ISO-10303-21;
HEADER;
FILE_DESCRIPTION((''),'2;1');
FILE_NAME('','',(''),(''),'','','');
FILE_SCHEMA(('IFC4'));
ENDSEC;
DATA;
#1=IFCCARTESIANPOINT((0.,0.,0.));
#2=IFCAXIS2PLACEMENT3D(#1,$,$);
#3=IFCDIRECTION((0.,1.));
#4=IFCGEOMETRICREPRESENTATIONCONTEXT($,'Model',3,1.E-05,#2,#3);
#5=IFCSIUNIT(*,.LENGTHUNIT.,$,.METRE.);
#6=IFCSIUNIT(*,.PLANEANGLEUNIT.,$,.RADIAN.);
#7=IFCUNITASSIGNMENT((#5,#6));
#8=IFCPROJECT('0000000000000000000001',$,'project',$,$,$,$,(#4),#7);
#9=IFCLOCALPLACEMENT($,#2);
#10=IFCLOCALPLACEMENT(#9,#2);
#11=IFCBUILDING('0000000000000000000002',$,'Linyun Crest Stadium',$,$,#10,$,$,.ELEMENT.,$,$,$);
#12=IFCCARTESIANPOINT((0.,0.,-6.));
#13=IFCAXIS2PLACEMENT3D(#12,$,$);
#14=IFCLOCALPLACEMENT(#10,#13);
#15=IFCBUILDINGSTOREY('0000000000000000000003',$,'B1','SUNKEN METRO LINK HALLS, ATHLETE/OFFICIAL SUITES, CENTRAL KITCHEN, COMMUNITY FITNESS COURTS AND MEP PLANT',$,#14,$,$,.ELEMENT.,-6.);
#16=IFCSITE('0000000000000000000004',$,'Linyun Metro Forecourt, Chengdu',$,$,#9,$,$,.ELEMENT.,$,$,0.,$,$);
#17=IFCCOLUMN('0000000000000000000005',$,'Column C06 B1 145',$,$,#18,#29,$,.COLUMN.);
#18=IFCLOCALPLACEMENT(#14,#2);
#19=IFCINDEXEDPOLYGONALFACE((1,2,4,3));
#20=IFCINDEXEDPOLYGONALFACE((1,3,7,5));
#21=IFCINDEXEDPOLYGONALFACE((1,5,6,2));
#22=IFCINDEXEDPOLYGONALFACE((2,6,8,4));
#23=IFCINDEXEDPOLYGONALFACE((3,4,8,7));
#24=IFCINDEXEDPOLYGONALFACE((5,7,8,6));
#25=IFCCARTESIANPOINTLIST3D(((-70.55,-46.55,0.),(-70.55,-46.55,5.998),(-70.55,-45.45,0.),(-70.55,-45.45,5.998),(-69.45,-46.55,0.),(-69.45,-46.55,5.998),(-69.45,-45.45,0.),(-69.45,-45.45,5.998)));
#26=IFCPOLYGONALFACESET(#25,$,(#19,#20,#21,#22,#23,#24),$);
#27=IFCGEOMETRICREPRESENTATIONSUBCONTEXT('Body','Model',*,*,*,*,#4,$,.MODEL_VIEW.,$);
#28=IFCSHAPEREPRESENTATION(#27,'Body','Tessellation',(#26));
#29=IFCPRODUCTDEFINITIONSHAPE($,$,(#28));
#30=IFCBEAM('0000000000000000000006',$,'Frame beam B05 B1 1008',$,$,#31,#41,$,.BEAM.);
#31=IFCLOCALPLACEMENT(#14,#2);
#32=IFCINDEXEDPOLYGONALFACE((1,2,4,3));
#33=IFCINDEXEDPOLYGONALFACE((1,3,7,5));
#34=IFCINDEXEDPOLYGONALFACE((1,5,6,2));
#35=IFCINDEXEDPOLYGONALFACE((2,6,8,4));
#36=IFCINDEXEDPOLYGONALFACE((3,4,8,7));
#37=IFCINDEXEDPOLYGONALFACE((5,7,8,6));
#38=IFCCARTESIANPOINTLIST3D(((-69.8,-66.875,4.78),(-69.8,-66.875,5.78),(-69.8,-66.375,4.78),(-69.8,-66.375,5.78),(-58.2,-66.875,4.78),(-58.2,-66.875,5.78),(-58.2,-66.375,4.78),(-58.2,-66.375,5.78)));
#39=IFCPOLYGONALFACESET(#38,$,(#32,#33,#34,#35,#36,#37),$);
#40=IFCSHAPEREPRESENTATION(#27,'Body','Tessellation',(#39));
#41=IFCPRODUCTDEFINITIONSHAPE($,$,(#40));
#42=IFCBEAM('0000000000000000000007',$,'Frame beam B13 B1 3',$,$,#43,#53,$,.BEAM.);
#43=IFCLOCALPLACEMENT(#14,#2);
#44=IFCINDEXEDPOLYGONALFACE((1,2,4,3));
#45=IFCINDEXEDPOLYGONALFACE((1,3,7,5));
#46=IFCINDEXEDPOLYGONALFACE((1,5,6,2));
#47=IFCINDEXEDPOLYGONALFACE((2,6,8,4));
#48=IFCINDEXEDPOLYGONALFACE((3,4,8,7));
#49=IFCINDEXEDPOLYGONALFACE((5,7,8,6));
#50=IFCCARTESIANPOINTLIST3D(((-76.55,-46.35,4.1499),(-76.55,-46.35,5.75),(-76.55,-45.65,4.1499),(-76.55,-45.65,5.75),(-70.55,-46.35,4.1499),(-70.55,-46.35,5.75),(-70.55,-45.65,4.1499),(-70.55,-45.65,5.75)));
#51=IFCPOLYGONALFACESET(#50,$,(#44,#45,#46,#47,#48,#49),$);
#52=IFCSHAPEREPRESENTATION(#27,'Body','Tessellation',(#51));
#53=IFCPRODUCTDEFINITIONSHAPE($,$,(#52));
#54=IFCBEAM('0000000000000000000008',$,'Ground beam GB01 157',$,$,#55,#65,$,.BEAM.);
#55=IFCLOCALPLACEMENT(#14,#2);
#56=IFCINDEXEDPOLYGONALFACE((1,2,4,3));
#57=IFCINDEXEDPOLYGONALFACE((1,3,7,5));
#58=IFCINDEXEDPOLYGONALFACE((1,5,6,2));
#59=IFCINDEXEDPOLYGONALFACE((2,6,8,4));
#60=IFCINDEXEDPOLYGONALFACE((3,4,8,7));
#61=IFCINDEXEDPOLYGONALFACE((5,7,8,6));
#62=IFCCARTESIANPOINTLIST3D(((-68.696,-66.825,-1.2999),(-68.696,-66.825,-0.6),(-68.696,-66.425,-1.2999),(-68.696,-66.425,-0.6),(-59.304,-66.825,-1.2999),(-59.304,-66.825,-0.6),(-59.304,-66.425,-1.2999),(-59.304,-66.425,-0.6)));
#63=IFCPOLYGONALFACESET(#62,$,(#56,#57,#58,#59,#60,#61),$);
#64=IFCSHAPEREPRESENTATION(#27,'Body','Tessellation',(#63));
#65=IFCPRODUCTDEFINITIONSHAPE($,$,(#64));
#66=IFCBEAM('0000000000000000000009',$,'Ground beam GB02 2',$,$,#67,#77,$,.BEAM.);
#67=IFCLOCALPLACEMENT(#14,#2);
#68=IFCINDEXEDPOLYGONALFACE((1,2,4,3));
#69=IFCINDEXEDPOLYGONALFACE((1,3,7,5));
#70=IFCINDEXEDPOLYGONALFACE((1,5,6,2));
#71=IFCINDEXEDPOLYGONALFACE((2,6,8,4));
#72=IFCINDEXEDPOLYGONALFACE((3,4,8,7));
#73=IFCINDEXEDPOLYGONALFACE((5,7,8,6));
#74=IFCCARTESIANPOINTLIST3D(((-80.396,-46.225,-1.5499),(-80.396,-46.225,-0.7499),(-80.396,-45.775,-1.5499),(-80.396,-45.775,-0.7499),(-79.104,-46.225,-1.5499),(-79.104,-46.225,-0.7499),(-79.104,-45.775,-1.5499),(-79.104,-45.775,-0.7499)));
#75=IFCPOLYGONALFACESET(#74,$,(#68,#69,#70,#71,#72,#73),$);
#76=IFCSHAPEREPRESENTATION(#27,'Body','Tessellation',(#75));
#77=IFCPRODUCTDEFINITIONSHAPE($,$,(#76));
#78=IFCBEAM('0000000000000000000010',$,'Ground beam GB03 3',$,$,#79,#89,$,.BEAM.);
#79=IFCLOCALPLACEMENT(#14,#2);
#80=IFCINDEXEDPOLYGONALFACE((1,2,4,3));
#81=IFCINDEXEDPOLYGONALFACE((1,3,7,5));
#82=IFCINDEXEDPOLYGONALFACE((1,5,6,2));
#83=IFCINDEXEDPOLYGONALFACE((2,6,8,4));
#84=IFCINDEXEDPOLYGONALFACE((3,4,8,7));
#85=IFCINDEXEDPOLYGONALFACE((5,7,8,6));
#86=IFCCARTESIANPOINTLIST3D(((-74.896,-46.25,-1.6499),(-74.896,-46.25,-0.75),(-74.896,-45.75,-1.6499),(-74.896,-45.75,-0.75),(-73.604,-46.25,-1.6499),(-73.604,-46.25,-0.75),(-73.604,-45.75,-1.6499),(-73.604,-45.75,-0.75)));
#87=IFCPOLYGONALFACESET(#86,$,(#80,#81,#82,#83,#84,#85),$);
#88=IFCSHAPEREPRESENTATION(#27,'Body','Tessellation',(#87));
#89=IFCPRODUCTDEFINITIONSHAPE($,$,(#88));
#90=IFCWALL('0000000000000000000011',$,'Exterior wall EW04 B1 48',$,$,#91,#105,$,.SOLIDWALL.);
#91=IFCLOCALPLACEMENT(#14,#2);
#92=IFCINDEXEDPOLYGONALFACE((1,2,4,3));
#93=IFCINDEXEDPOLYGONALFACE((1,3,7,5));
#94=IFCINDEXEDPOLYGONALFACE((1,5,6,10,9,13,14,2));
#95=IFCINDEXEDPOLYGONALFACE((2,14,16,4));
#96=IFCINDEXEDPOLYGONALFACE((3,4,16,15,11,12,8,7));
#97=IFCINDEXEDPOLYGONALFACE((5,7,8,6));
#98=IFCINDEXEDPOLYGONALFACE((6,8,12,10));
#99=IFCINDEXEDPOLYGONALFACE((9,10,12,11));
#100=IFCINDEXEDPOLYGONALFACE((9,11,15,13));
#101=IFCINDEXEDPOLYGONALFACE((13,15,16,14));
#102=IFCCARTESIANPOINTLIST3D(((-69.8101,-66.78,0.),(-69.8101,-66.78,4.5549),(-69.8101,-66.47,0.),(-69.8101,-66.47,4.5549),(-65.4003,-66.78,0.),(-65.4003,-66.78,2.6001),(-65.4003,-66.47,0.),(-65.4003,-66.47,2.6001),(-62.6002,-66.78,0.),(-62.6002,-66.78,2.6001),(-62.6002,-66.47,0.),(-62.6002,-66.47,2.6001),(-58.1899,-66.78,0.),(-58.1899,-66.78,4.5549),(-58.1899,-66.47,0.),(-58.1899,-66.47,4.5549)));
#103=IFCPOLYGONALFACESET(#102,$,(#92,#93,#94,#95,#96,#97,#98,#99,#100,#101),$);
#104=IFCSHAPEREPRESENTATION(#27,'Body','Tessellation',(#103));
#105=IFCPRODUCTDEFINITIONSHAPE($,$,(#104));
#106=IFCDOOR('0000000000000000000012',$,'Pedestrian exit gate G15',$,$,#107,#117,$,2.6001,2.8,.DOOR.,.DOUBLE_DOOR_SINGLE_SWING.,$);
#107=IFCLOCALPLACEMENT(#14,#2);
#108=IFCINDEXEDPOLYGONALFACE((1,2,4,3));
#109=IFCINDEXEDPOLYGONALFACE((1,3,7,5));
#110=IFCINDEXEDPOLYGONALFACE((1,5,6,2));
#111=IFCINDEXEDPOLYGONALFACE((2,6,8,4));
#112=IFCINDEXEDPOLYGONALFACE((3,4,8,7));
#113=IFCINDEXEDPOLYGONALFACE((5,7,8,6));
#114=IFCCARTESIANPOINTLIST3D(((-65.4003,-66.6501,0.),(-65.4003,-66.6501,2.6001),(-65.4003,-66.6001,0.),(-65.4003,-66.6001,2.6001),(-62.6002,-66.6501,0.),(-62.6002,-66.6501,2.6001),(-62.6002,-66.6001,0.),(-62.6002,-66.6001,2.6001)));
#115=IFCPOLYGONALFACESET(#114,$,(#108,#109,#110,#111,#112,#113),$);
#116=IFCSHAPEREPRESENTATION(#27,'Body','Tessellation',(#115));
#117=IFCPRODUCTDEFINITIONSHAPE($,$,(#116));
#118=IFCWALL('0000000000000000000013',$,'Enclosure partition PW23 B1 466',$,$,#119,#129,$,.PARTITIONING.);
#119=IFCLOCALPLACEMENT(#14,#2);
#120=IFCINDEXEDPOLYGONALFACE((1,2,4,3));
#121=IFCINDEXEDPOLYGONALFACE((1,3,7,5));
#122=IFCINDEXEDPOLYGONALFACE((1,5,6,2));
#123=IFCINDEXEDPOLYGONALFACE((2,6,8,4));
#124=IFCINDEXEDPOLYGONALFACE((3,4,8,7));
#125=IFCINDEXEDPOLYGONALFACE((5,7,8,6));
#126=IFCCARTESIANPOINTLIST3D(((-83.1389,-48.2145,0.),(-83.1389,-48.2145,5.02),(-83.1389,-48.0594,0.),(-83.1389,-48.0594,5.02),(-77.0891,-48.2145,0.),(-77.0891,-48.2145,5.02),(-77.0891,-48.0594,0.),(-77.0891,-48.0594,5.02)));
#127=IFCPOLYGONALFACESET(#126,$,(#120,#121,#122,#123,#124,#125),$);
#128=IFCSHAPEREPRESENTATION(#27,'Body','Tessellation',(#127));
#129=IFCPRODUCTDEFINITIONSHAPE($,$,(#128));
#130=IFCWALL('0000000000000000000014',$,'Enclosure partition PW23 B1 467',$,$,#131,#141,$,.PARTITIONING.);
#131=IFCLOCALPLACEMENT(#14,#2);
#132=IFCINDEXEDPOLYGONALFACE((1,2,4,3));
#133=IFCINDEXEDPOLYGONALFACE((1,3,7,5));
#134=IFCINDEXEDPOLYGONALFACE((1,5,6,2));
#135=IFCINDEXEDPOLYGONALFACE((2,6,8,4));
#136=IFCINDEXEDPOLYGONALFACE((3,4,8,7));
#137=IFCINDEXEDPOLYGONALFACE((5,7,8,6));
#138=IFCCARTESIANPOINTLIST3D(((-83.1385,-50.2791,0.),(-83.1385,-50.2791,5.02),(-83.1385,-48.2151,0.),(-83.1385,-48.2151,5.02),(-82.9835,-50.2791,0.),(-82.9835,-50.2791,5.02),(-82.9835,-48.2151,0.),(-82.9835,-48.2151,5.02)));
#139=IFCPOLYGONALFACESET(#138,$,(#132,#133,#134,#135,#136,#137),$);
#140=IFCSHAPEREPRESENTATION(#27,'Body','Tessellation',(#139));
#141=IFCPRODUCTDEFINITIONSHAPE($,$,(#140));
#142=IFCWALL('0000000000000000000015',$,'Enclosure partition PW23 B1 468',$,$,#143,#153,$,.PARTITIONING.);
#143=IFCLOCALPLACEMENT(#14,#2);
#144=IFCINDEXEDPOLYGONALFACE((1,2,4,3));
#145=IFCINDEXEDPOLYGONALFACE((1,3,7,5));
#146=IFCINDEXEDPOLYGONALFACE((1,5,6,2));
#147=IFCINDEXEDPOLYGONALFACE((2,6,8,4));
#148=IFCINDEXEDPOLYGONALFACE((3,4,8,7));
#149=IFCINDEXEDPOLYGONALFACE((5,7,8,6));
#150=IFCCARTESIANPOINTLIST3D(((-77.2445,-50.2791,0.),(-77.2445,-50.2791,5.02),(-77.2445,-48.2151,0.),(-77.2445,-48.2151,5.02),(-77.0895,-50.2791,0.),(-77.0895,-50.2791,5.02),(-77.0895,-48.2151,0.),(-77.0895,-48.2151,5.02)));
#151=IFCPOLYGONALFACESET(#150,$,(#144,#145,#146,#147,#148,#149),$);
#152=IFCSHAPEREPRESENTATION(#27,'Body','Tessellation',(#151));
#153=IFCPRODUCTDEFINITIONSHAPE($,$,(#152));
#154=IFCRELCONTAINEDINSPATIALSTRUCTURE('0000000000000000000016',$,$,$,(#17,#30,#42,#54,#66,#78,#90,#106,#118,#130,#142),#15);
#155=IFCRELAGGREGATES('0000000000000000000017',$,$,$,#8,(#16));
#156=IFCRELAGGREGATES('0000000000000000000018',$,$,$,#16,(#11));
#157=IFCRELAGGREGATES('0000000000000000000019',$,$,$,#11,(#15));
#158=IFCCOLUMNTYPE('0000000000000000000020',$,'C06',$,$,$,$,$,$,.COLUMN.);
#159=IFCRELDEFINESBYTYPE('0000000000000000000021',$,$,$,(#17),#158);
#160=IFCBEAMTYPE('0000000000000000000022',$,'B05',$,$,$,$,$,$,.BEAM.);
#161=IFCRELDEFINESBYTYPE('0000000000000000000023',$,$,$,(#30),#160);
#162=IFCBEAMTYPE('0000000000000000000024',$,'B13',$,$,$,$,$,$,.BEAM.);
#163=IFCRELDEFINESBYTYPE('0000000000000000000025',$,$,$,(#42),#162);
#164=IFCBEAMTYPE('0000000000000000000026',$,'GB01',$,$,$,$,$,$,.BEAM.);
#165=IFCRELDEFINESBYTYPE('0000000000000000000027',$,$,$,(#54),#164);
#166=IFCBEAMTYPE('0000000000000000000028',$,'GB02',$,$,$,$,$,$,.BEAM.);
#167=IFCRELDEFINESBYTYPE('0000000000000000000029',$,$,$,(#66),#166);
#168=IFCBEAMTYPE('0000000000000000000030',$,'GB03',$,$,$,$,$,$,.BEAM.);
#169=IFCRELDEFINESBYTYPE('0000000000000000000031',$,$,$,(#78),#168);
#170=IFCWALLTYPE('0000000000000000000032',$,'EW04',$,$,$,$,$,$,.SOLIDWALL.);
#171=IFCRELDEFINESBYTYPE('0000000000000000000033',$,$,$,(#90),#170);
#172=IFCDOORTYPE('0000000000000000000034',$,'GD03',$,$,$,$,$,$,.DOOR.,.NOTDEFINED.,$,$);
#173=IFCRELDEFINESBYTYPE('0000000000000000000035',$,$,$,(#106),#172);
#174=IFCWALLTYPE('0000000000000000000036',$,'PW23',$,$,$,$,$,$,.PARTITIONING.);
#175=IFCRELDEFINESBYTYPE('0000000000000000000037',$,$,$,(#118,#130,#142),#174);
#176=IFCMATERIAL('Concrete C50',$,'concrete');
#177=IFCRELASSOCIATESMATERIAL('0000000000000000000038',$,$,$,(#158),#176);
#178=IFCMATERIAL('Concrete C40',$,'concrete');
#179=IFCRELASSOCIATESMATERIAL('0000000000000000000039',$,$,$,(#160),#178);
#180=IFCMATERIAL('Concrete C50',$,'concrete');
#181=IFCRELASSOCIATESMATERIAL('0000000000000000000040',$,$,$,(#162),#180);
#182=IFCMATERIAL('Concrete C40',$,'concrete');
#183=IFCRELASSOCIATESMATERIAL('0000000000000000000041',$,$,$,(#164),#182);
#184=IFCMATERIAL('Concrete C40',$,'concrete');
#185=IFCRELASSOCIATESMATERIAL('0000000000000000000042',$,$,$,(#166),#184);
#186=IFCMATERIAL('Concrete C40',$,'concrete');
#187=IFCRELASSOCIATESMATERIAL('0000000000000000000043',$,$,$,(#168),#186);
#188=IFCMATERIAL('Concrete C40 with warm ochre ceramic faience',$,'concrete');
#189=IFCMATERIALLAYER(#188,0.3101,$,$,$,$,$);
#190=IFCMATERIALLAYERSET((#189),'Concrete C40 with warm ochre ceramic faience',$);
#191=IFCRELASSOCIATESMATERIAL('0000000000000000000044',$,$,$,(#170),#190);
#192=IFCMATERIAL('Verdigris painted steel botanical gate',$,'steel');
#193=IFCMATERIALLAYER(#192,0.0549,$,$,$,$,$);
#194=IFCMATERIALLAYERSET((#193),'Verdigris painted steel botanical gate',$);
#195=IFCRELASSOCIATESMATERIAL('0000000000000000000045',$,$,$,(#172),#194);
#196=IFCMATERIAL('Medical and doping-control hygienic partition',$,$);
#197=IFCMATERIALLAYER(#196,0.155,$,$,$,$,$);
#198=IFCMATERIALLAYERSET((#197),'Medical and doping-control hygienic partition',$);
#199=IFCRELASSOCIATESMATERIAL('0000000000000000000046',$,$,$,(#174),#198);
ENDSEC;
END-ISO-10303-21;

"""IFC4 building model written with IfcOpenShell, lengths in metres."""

from ifc_helpers import new_model, si_unit, direction, frame, frame_2d, origin, origin_2d, place, context, subcontext, project, spatial, rectangle, extrude, material, layer, layer_set, material_profile, profile_set, type_object, element, fill, save


model = new_model("IFC4")

# Units and contexts
model_context = context("Model", 3, precision=1e-05, world=origin(), true_north=direction((0.0, 1.0)))
body_context = subcontext(model_context, "Body", "Model", "MODEL_VIEW")
ifc_project = project(units=[si_unit("LENGTHUNIT", "METRE"), si_unit("PLANEANGLEUNIT", "RADIAN")], contexts=[model_context])

# Site, building, storey
site_placement = place(None, origin())
site = spatial("IfcSite", under=ifc_project, at=site_placement, Name="Linyun Metro Forecourt, Chengdu", CompositionType="ELEMENT", RefElevation=0.0)
building_placement = place(site_placement, origin())
building = spatial("IfcBuilding", under=site, at=building_placement, Name="Linyun Crest Stadium", CompositionType="ELEMENT")
storey_placement = place(building_placement, frame((0.0, 0.0, -6.0)))
storey = spatial("IfcBuildingStorey", under=building, at=storey_placement, Name="B1", Description="SUNKEN METRO LINK HALLS, ATHLETE/OFFICIAL SUITES, CENTRAL KITCHEN, COMMUNITY FITNESS COURTS AND MEP PLANT", CompositionType="ELEMENT", Elevation=-6.0)

# Column
ifc_material_1 = material(Name="Concrete C50", Category="concrete")
ifc_material_profile_1 = material_profile(ifc_material_1, rectangle(XDim=1.1001, YDim=1.1001, at=origin_2d()), Name="RC 1100x1100")
ifc_profile_set_1 = profile_set([ifc_material_profile_1], Name="Concrete C50")
column_type_1 = type_object("IfcColumnType", Name="C06", PredefinedType="COLUMN", material=ifc_profile_set_1)
column_1_placement = place(storey_placement, frame((-70.0, -46.0, 0.0), z_axis=(0.0, 0.0, 1.0), x_axis=(1.0, 0.0, 0.0)))
element("IfcColumn", 1, at=column_1_placement, inside=storey, type_object=column_type_1, Name="Column C06 B1 145", PredefinedType="COLUMN", context=body_context, shape_type="SweptSolid", body=[
    extrude(rectangle(XDim=1.1001, YDim=1.1001, at=origin_2d()), origin(), (0.0, 0.0, 1.0), 5.998),
])

# Beams
ifc_material_2 = material(Name="Concrete C40", Category="concrete")
ifc_material_profile_2 = material_profile(ifc_material_2, rectangle(XDim=0.5, YDim=1.0, at=origin_2d()), Name="RCB 1000x500")
ifc_profile_set_2 = profile_set([ifc_material_profile_2], Name="Concrete C40")
beam_type_1 = type_object("IfcBeamType", Name="B05", PredefinedType="BEAM", material=ifc_profile_set_2)
beam_1_placement = place(storey_placement, frame((-69.8, -66.625, 5.28), z_axis=(1.0, 0.0, 0.0), x_axis=(0.0, 1.0, 0.0)))
element("IfcBeam", 2, at=beam_1_placement, inside=storey, type_object=beam_type_1, Name="Frame beam B05 B1 1008", PredefinedType="BEAM", context=body_context, shape_type="SweptSolid", body=[
    extrude(rectangle(XDim=0.5, YDim=1.0, at=origin_2d()), origin(), (0.0, 0.0, 1.0), 11.6001),
])
ifc_material_3 = material(Name="Concrete C50", Category="concrete")
ifc_material_profile_3 = material_profile(ifc_material_3, rectangle(XDim=0.7, YDim=1.6001, at=origin_2d()), Name="RCB 1600x700")
ifc_profile_set_3 = profile_set([ifc_material_profile_3], Name="Concrete C50")
beam_type_2 = type_object("IfcBeamType", Name="B13", PredefinedType="BEAM", material=ifc_profile_set_3)
beam_2_placement = place(storey_placement, frame((-76.55, -46.0, 4.95), z_axis=(1.0, 0.0, 0.0), x_axis=(0.0, 1.0, 0.0)))
element("IfcBeam", 3, at=beam_2_placement, inside=storey, type_object=beam_type_2, Name="Frame beam B13 B1 3", PredefinedType="BEAM", context=body_context, shape_type="SweptSolid", body=[
    extrude(rectangle(XDim=0.7, YDim=1.6001, at=origin_2d()), origin(), (0.0, 0.0, 1.0), 6.0),
])
ifc_material_4 = material(Name="Concrete C40", Category="concrete")
ifc_material_profile_4 = material_profile(ifc_material_4, rectangle(XDim=0.3999, YDim=0.7, at=origin_2d()), Name="RCB 700x400")
ifc_profile_set_4 = profile_set([ifc_material_profile_4], Name="Concrete C40")
beam_type_3 = type_object("IfcBeamType", Name="GB01", PredefinedType="BEAM", material=ifc_profile_set_4)
beam_3_placement = place(storey_placement, frame((-68.696, -66.625, -0.95), z_axis=(1.0, 0.0, 0.0), x_axis=(0.0, 1.0, 0.0)))
element("IfcBeam", 4, at=beam_3_placement, inside=storey, type_object=beam_type_3, Name="Ground beam GB01 157", PredefinedType="BEAM", context=body_context, shape_type="SweptSolid", body=[
    extrude(rectangle(XDim=0.3999, YDim=0.7, at=origin_2d()), origin(), (0.0, 0.0, 1.0), 9.3921),
])
ifc_material_5 = material(Name="Concrete C40", Category="concrete")
ifc_material_profile_5 = material_profile(ifc_material_5, rectangle(XDim=0.45, YDim=0.8, at=origin_2d()), Name="RCB 800x450")
ifc_profile_set_5 = profile_set([ifc_material_profile_5], Name="Concrete C40")
beam_type_4 = type_object("IfcBeamType", Name="GB02", PredefinedType="BEAM", material=ifc_profile_set_5)
beam_4_placement = place(storey_placement, frame((-80.396, -46.0, -1.1499), z_axis=(1.0, 0.0, 0.0), x_axis=(0.0, 1.0, 0.0)))
element("IfcBeam", 5, at=beam_4_placement, inside=storey, type_object=beam_type_4, Name="Ground beam GB02 2", PredefinedType="BEAM", context=body_context, shape_type="SweptSolid", body=[
    extrude(rectangle(XDim=0.45, YDim=0.8, at=origin_2d()), origin(), (0.0, 0.0, 1.0), 1.292),
])
ifc_material_6 = material(Name="Concrete C40", Category="concrete")
ifc_material_profile_6 = material_profile(ifc_material_6, rectangle(XDim=0.5, YDim=0.8999, at=origin_2d()), Name="RCB 900x500")
ifc_profile_set_6 = profile_set([ifc_material_profile_6], Name="Concrete C40")
beam_type_5 = type_object("IfcBeamType", Name="GB03", PredefinedType="BEAM", material=ifc_profile_set_6)
beam_5_placement = place(storey_placement, frame((-74.896, -46.0, -1.2), z_axis=(1.0, 0.0, 0.0), x_axis=(0.0, 1.0, 0.0)))
element("IfcBeam", 6, at=beam_5_placement, inside=storey, type_object=beam_type_5, Name="Ground beam GB03 3", PredefinedType="BEAM", context=body_context, shape_type="SweptSolid", body=[
    extrude(rectangle(XDim=0.5, YDim=0.8999, at=origin_2d()), origin(), (0.0, 0.0, 1.0), 1.292),
])

# Wall, opening, door
ifc_material_7 = material(Name="Concrete C40 with warm ochre ceramic faience", Category="concrete")
ifc_layer_1 = layer(ifc_material_7, 0.3101)
ifc_layer_set_1 = layer_set([ifc_layer_1], Name="Concrete C40 with warm ochre ceramic faience")
wall_type_1 = type_object("IfcWallType", Name="EW04", PredefinedType="SOLIDWALL", material=ifc_layer_set_1)
wall_1_placement = place(storey_placement, frame((-69.8101, -66.625, 0.0), z_axis=(0.0, 0.0, 1.0), x_axis=(1.0, 0.0, 0.0)))
wall_1 = element("IfcWall", 7, at=wall_1_placement, inside=storey, type_object=wall_type_1, Name="Exterior wall EW04 B1 48", PredefinedType="SOLIDWALL", context=body_context, shape_type="SweptSolid", body=[
    extrude(rectangle(XDim=11.6201, YDim=0.3101, at=frame_2d((5.8101, 0.0))), origin(), (0.0, 0.0, 1.0), 4.5549),
])
opening_1_placement = place(wall_1_placement, frame((4.4099, 0.0, 0.0)))
opening_1 = element("IfcOpeningElement", 8, at=opening_1_placement, cuts=wall_1, PredefinedType="OPENING", context=body_context, shape_type="SweptSolid", body=[
    extrude(rectangle(XDim=2.8, YDim=2.6001, at=frame_2d((1.3999, 1.3))), frame((0.0, 0.165, 0.0), z_axis=(0.0, -1.0, 0.0), x_axis=(1.0, 0.0, 0.0)), (0.0, 0.0, 1.0), 0.3301),
])
ifc_material_8 = material(Name="Verdigris painted steel botanical gate", Category="steel")
ifc_layer_2 = layer(ifc_material_8, 0.0549)
ifc_layer_set_2 = layer_set([ifc_layer_2], Name="Verdigris painted steel botanical gate")
door_type_1 = type_object("IfcDoorType", Name="GD03", OperationType="NOTDEFINED", PredefinedType="DOOR", material=ifc_layer_set_2)
door_1_placement = place(opening_1_placement, origin())
door_1 = element("IfcDoor", 9, at=door_1_placement, inside=storey, type_object=door_type_1, Name="Pedestrian exit gate G15", OperationType="DOUBLE_DOOR_SINGLE_SWING", OverallHeight=2.6001, OverallWidth=2.8, PredefinedType="DOOR", context=body_context, shape_type="SweptSolid", body=[
    extrude(rectangle(XDim=2.8, YDim=2.6001, at=frame_2d((1.3999, 1.3))), frame((0.0, 0.0249, 0.0), z_axis=(0.0, -1.0, 0.0), x_axis=(1.0, 0.0, 0.0)), (0.0, 0.0, 1.0), 0.05),
])
fill(opening_1, door_1)
ifc_material_9 = material(Name="Medical and doping-control hygienic partition")
ifc_layer_3 = layer(ifc_material_9, 0.155)
ifc_layer_set_3 = layer_set([ifc_layer_3], Name="Medical and doping-control hygienic partition")
wall_type_2 = type_object("IfcWallType", Name="PW23", PredefinedType="PARTITIONING", material=ifc_layer_set_3)

# Walls
wall_2_placement = place(storey_placement, frame((-83.1389, -48.137, 0.0), z_axis=(0.0, 0.0, 1.0), x_axis=(1.0, 0.0, 0.0)))
element("IfcWall", 10, at=wall_2_placement, inside=storey, type_object=wall_type_2, Name="Enclosure partition PW23 B1 466", PredefinedType="PARTITIONING", context=body_context, shape_type="SweptSolid", body=[
    extrude(rectangle(XDim=6.0498, YDim=0.155, at=frame_2d((3.0249, 0.0))), origin(), (0.0, 0.0, 1.0), 5.02),
])
for number, where, z_axis, x_axis, name in (
    (11, (-83.061, -50.2791, 0.0), (0.0, 0.0, 1.0), (0.0, 1.0, 0.0), "Enclosure partition PW23 B1 467"),
    (12, (-77.167, -50.2791, 0.0), (0.0, 0.0, 1.0), (0.0, 1.0, 0.0), "Enclosure partition PW23 B1 468"),
):
    element("IfcWall", number, at=place(storey_placement, frame(where, z_axis=z_axis, x_axis=x_axis)), inside=storey, type_object=wall_type_2, Name=name, PredefinedType="PARTITIONING", context=body_context, shape_type="SweptSolid", body=[
        extrude(rectangle(XDim=2.064, YDim=0.155, at=frame_2d((1.032, 0.0))), origin(), (0.0, 0.0, 1.0), 5.02),
    ])

save(model, "model.ifc")
